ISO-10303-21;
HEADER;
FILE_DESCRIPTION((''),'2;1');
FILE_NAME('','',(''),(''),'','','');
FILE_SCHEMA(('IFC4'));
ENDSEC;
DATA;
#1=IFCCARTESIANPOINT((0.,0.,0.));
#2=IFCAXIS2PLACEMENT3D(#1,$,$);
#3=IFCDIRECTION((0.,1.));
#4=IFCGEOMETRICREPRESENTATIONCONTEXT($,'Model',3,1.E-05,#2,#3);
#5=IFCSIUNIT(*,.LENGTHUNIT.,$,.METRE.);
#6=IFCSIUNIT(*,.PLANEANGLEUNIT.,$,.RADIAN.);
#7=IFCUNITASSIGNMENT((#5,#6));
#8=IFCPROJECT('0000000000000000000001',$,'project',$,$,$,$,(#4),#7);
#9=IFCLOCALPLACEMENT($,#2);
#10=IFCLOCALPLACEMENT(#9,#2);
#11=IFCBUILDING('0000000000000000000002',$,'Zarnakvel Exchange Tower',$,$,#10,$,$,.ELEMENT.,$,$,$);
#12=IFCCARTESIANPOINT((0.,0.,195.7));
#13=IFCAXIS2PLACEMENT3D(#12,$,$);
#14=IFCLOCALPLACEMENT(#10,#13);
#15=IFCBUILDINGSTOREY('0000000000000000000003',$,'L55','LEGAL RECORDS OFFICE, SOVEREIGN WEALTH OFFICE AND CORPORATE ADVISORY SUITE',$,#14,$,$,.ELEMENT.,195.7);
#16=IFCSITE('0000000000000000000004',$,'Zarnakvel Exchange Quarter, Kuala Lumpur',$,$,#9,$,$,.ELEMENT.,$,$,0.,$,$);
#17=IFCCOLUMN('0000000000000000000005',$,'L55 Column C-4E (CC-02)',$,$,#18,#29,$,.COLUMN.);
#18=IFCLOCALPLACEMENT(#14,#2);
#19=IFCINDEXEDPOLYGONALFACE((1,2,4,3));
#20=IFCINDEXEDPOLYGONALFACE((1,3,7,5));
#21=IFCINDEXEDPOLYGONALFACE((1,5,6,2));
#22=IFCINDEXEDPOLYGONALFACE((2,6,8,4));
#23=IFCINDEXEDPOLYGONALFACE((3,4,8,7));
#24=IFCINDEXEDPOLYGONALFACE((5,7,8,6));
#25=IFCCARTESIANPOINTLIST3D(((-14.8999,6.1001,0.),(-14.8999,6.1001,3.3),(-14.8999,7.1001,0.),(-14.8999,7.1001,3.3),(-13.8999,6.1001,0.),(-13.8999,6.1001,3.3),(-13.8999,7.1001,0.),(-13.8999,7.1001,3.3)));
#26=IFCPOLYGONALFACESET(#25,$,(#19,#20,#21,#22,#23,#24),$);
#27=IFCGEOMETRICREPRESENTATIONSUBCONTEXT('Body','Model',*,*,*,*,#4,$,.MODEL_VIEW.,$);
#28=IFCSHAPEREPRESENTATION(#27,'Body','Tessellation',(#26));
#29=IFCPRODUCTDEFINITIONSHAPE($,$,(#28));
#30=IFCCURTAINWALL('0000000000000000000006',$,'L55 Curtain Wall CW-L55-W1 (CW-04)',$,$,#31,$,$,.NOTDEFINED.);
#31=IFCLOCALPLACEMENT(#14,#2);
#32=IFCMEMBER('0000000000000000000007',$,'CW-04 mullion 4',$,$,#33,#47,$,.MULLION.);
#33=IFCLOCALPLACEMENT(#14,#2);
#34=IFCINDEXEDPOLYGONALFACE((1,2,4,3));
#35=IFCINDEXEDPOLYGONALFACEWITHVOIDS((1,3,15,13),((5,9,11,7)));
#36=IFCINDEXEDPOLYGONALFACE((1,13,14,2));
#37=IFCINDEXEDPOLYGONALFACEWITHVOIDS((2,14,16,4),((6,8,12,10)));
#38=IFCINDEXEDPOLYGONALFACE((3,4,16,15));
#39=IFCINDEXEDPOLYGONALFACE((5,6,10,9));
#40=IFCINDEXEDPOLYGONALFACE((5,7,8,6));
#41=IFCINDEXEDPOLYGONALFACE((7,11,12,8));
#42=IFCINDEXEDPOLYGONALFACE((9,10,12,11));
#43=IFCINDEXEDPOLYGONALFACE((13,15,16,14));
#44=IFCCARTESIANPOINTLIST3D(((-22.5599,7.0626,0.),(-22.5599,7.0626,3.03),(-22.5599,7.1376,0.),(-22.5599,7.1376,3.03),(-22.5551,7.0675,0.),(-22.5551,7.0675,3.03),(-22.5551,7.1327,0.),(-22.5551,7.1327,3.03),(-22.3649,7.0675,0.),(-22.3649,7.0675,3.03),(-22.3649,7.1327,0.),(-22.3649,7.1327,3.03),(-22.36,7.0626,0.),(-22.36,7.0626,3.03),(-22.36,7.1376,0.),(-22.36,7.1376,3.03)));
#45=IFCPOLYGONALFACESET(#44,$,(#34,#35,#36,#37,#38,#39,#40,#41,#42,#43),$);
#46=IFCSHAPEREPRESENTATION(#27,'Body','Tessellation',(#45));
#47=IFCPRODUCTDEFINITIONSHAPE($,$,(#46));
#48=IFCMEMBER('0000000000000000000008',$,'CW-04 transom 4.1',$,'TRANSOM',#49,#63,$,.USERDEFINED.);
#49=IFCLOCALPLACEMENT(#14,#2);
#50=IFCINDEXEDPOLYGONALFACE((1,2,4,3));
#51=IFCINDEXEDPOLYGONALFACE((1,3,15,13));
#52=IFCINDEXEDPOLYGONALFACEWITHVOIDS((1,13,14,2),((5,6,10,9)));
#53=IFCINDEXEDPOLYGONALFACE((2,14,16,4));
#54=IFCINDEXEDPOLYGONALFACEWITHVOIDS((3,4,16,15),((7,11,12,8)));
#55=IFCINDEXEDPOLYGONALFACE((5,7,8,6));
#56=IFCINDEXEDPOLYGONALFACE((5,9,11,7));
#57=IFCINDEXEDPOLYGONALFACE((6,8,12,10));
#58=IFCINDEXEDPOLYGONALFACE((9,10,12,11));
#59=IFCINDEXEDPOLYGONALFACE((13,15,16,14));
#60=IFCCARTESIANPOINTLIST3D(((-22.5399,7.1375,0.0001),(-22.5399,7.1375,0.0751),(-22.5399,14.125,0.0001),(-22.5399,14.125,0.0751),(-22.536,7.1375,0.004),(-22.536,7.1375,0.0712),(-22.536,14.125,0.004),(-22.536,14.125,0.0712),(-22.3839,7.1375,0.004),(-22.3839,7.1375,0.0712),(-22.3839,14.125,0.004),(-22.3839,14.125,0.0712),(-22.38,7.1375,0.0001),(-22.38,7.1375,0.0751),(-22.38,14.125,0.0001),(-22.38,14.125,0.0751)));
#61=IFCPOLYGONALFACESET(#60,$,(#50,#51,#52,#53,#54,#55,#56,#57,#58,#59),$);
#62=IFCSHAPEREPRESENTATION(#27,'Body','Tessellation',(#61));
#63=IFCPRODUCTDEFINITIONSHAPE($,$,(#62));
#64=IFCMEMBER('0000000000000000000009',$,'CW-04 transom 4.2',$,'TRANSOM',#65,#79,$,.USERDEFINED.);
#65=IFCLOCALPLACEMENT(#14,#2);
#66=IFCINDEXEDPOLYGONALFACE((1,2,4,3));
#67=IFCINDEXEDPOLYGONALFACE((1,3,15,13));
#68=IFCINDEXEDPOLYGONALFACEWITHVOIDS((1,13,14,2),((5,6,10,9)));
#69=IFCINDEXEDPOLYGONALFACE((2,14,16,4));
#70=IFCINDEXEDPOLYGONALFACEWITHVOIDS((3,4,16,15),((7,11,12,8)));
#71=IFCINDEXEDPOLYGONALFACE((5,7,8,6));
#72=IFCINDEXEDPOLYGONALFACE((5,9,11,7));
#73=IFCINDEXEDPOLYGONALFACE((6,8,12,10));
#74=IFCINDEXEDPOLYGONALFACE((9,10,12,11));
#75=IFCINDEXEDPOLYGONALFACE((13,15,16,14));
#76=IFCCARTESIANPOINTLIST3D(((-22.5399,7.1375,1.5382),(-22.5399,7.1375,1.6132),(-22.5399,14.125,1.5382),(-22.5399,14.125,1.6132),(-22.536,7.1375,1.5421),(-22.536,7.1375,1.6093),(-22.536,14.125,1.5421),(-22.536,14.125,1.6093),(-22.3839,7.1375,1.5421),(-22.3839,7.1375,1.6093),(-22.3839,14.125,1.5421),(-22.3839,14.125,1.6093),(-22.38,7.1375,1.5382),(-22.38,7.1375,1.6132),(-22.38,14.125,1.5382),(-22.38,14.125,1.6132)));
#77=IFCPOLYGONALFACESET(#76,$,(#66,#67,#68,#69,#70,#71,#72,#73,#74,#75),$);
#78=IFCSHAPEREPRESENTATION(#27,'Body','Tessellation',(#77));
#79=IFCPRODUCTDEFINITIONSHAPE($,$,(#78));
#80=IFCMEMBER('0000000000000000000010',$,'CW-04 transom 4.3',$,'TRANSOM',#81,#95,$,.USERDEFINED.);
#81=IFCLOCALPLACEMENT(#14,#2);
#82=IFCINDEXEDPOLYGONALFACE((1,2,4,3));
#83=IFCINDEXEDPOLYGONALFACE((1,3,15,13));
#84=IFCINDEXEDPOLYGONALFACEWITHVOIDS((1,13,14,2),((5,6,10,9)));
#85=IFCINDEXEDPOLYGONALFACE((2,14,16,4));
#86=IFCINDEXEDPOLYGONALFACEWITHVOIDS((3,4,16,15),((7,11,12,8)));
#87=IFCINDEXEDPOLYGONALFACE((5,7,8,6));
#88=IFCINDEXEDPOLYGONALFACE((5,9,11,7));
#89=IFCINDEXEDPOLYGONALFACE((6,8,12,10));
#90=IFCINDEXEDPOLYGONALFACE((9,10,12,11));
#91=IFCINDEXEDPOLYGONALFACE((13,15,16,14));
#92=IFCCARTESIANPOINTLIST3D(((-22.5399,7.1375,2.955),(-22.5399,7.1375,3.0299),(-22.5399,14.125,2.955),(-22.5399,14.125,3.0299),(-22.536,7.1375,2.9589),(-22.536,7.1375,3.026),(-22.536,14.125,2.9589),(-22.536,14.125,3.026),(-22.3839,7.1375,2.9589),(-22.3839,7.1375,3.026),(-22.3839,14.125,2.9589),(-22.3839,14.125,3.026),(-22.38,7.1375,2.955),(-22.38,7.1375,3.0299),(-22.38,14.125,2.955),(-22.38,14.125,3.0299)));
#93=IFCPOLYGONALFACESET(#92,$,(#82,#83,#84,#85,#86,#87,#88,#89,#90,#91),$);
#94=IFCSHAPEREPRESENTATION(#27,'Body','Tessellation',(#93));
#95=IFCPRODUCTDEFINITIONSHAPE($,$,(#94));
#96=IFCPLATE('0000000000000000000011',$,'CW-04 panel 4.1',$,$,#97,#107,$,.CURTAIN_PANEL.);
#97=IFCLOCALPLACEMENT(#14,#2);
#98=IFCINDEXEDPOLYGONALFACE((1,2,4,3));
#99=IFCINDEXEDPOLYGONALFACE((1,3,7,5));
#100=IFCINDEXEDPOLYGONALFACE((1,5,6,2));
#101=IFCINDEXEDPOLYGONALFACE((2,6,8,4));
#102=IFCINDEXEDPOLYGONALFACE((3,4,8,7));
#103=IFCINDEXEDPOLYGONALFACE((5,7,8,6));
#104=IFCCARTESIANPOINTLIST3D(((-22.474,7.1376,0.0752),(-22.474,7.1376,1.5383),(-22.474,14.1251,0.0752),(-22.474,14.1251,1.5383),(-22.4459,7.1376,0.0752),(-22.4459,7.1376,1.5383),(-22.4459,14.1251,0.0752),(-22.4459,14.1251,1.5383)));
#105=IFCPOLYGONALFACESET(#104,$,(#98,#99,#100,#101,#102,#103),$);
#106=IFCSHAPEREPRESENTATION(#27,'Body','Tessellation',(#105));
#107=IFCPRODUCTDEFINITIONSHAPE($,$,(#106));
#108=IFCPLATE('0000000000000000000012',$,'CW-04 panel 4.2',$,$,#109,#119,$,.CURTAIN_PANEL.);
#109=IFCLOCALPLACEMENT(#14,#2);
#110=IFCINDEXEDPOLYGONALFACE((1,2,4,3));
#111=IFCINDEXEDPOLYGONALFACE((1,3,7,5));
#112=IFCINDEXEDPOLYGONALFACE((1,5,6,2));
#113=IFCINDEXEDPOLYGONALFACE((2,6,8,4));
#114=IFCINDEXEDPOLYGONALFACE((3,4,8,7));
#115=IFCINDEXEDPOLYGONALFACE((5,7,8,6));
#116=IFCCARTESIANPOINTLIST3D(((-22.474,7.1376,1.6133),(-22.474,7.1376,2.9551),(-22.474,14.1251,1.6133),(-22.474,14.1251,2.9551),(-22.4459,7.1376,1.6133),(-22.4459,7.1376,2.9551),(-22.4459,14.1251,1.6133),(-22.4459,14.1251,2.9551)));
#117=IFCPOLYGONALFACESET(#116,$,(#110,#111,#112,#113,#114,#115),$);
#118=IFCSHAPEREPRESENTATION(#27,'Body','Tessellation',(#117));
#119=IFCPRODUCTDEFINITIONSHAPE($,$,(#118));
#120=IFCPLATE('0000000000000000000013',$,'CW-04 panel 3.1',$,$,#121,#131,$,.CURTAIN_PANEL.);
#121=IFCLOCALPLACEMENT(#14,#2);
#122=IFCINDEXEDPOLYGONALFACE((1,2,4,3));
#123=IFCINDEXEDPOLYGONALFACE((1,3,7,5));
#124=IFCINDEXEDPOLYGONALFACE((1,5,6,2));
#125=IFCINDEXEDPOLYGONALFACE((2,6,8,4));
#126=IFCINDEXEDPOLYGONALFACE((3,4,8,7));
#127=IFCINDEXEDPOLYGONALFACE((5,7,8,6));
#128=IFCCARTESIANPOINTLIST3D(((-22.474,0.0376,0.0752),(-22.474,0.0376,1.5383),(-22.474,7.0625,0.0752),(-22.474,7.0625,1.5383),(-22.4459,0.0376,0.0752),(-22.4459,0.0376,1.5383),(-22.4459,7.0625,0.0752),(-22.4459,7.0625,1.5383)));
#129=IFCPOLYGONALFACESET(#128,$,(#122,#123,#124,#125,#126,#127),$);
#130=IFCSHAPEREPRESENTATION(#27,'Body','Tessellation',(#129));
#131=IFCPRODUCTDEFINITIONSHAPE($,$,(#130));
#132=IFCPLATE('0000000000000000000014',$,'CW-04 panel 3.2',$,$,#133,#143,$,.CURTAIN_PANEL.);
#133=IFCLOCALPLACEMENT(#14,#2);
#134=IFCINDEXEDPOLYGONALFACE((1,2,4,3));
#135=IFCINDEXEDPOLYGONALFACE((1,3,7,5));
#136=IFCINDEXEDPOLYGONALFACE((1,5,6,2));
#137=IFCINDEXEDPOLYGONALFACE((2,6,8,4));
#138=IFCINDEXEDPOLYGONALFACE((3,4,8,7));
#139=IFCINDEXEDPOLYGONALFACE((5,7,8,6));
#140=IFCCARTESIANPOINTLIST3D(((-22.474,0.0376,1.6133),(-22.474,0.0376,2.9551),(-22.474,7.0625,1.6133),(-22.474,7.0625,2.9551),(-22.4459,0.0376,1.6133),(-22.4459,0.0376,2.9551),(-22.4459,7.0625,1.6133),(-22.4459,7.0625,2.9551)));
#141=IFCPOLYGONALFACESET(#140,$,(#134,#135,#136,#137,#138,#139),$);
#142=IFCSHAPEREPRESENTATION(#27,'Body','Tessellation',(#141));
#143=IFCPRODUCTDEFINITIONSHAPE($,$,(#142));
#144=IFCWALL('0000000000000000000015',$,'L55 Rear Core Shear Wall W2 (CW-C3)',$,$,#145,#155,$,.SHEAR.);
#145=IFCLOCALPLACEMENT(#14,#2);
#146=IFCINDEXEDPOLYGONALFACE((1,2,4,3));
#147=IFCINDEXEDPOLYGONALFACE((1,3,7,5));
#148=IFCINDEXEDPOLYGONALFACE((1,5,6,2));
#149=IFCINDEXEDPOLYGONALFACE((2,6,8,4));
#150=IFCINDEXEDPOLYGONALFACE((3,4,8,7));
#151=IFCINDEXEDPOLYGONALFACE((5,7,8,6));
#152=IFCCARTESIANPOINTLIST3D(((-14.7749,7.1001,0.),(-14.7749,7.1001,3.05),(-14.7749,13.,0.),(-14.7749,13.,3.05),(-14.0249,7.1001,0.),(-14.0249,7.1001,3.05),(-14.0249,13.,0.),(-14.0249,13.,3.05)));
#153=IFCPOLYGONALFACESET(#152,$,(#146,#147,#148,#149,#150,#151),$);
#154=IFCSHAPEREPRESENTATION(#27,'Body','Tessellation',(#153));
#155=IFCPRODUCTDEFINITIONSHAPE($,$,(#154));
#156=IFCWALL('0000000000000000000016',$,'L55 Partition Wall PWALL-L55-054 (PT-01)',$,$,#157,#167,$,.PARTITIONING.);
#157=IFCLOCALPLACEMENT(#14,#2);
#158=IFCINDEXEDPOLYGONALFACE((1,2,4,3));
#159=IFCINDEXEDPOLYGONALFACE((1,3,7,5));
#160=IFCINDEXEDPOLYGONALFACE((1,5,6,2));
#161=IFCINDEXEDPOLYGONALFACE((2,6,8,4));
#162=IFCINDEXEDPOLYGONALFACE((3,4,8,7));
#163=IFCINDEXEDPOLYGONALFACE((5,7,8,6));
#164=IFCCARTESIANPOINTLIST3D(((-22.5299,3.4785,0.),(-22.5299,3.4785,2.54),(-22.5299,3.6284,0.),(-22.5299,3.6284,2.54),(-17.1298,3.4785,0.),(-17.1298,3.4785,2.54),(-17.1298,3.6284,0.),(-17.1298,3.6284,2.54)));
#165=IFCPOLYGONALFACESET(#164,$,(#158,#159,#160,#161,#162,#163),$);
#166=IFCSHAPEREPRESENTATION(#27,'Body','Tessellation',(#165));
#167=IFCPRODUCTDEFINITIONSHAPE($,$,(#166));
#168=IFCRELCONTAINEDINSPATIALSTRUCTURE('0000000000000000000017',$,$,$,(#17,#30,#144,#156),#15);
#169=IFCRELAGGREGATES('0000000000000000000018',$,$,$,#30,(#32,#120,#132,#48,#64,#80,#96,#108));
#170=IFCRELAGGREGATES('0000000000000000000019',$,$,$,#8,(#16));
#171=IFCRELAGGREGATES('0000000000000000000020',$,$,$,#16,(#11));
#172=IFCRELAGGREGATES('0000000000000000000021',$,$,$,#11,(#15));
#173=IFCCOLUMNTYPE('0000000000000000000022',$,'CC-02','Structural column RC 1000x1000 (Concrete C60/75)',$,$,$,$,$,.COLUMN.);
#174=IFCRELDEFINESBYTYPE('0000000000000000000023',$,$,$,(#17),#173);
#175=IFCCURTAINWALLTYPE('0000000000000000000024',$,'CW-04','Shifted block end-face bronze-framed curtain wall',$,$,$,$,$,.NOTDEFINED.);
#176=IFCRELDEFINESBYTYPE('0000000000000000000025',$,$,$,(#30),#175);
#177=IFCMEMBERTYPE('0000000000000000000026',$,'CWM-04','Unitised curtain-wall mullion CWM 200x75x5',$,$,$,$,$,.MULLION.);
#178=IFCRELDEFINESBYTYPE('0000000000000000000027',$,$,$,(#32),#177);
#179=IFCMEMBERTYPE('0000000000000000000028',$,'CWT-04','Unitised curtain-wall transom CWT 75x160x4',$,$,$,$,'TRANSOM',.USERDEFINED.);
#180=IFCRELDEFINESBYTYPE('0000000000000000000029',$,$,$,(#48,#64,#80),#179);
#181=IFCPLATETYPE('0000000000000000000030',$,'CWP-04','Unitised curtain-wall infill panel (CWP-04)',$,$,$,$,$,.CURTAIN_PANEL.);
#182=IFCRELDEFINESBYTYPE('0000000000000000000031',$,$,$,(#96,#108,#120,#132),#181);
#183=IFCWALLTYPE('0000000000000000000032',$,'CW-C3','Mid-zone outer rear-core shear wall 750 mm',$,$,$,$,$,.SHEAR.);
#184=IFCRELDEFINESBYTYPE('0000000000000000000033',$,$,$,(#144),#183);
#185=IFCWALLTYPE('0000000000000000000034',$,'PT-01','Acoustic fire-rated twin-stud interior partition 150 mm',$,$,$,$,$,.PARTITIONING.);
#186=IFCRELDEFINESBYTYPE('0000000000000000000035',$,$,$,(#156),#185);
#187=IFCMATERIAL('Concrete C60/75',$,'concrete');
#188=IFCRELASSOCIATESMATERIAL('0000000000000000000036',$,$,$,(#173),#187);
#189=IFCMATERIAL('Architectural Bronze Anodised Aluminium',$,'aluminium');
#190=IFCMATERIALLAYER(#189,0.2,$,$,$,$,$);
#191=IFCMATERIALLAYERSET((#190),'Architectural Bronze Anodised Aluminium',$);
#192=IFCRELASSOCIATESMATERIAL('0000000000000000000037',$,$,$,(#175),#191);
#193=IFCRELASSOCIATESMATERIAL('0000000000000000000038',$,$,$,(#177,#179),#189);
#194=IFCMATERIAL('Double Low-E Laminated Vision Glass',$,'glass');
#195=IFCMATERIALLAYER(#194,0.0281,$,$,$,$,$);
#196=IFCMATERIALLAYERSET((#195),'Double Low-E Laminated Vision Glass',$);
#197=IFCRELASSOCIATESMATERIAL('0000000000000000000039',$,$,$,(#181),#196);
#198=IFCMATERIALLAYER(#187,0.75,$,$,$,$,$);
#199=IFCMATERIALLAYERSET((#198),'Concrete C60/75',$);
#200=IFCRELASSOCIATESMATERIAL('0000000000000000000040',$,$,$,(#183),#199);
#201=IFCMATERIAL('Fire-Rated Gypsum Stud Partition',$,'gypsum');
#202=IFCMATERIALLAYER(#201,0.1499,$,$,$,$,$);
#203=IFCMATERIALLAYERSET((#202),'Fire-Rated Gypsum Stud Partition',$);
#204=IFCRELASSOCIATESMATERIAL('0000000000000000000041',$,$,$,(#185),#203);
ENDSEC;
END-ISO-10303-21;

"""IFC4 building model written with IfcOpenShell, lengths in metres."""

from ifc_helpers import new_model, si_unit, direction, frame, frame_2d, origin, origin_2d, place, context, subcontext, project, spatial, rectangle, hollow_rectangle, extrude, source, transform, mapped, material, layer, layer_set, material_profile, profile_set, type_object, element, aggregate, save


model = new_model("IFC4")

# Units and contexts
model_context = context("Model", 3, precision=1e-05, world=origin(), true_north=direction((0.0, 1.0)))
body_context = subcontext(model_context, "Body", "Model", "MODEL_VIEW")
ifc_project = project(units=[si_unit("LENGTHUNIT", "METRE"), si_unit("PLANEANGLEUNIT", "RADIAN")], contexts=[model_context])

# Site, building, storey
site_placement = place(None, origin())
site = spatial("IfcSite", under=ifc_project, at=site_placement, Name="Zarnakvel Exchange Quarter, Kuala Lumpur", CompositionType="ELEMENT", RefElevation=0.0)
building_placement = place(site_placement, origin())
building = spatial("IfcBuilding", under=site, at=building_placement, Name="Zarnakvel Exchange Tower", CompositionType="ELEMENT")
storey_placement = place(building_placement, frame((0.0, 0.0, 195.7)))
storey = spatial("IfcBuildingStorey", under=building, at=storey_placement, Name="L55", Description="LEGAL RECORDS OFFICE, SOVEREIGN WEALTH OFFICE AND CORPORATE ADVISORY SUITE", CompositionType="ELEMENT", Elevation=195.7)

# Column
ifc_material_1 = material(Name="Concrete C60/75", Category="concrete")
ifc_material_profile_1 = material_profile(ifc_material_1, rectangle(XDim=1.0, YDim=1.0, at=origin_2d()))
ifc_profile_set_1 = profile_set([ifc_material_profile_1], Name="Concrete C60/75")
column_type = type_object("IfcColumnType", Name="CC-02", Description="Structural column RC 1000x1000 (Concrete C60/75)", PredefinedType="COLUMN", material=ifc_profile_set_1)
column_placement = place(storey_placement, frame((-14.3999, 6.6001, 0.0), z_axis=(0.0, 0.0, 1.0), x_axis=(1.0, 0.0, 0.0)))
element("IfcColumn", 1, at=column_placement, inside=storey, type_object=column_type, Name="L55 Column C-4E (CC-02)", PredefinedType="COLUMN", context=body_context, shape_type="SweptSolid", body=[
    extrude(rectangle(XDim=1.0, YDim=1.0, at=origin_2d()), origin(), (0.0, 0.0, 1.0), 3.3),
])

# Curtain wall, members, plates
ifc_material_2 = material(Name="Architectural Bronze Anodised Aluminium", Category="aluminium")
ifc_layer_1 = layer(ifc_material_2, 0.2)
ifc_layer_set_1 = layer_set([ifc_layer_1], Name="Architectural Bronze Anodised Aluminium")
curtain_wall_type = type_object("IfcCurtainWallType", Name="CW-04", Description="Shifted block end-face bronze-framed curtain wall", PredefinedType="NOTDEFINED", material=ifc_layer_set_1)
curtain_wall_placement = place(storey_placement, origin())
curtain_wall = element("IfcCurtainWall", 2, at=curtain_wall_placement, inside=storey, type_object=curtain_wall_type, Name="L55 Curtain Wall CW-L55-W1 (CW-04)", PredefinedType="NOTDEFINED")
ifc_material_profile_2 = material_profile(ifc_material_2, hollow_rectangle(XDim=0.2, YDim=0.075, WallThickness=0.0049, at=origin_2d()))
ifc_profile_set_2 = profile_set([ifc_material_profile_2], Name="Architectural Bronze Anodised Aluminium")
member_type_1 = type_object("IfcMemberType", Name="CWM-04", Description="Unitised curtain-wall mullion CWM 200x75x5", PredefinedType="MULLION", material=ifc_profile_set_2)
shared_shape_1 = source(origin(), body_context, "Body", "SweptSolid", [
    extrude(hollow_rectangle(XDim=0.2, YDim=0.075, WallThickness=0.0049, at=origin_2d()), origin(), (0.0, 0.0, 1.0), 3.03),
])
member_1_placement = place(storey_placement, frame((-22.46, 7.1001, 0.0), z_axis=(0.0, 0.0, 1.0), x_axis=(-1.0, 0.0, 0.0)))
member_1 = element("IfcMember", 3, at=member_1_placement, type_object=member_type_1, Name="CW-04 mullion 4", PredefinedType="MULLION", context=body_context, shape_type="MappedRepresentation", body=[
    mapped(shared_shape_1, transform((0.0, 0.0, 0.0), x_axis=(1.0, 0.0, 0.0), y_axis=(0.0, 1.0, 0.0), z_axis=(0.0, 0.0, 1.0), scale=1.0)),
])
ifc_material_profile_3 = material_profile(ifc_material_2, hollow_rectangle(XDim=0.1599, YDim=0.075, WallThickness=0.0039, at=origin_2d()))
ifc_profile_set_3 = profile_set([ifc_material_profile_3], Name="Architectural Bronze Anodised Aluminium")
member_type_2 = type_object("IfcMemberType", Name="CWT-04", Description="Unitised curtain-wall transom CWT 75x160x4", ElementType="TRANSOM", PredefinedType="USERDEFINED", material=ifc_profile_set_3)
shared_shape_2 = source(origin(), body_context, "Body", "SweptSolid", [
    extrude(hollow_rectangle(XDim=0.1599, YDim=0.075, WallThickness=0.0039, at=origin_2d()), origin(), (0.0, 0.0, 1.0), 6.9875),
])
member_2_placement = place(storey_placement, frame((-22.46, 7.1375, 0.0376), z_axis=(0.0, 1.0, 0.0), x_axis=(-1.0, 0.0, 0.0)))
member_2 = element("IfcMember", 4, at=member_2_placement, type_object=member_type_2, Name="CW-04 transom 4.1", ObjectType="TRANSOM", PredefinedType="USERDEFINED", context=body_context, shape_type="MappedRepresentation", body=[
    mapped(shared_shape_2, transform((0.0, 0.0, 0.0), x_axis=(1.0, 0.0, 0.0), y_axis=(0.0, 1.0, 0.0), z_axis=(0.0, 0.0, 1.0), scale=1.0)),
])
member_3_placement = place(storey_placement, frame((-22.46, 7.1375, 1.5757), z_axis=(0.0, 1.0, 0.0), x_axis=(-1.0, 0.0, 0.0)))
member_3 = element("IfcMember", 5, at=member_3_placement, type_object=member_type_2, Name="CW-04 transom 4.2", ObjectType="TRANSOM", PredefinedType="USERDEFINED", context=body_context, shape_type="MappedRepresentation", body=[
    mapped(shared_shape_2, transform((0.0, 0.0, 0.0), x_axis=(1.0, 0.0, 0.0), y_axis=(0.0, 1.0, 0.0), z_axis=(0.0, 0.0, 1.0), scale=1.0)),
])
member_4_placement = place(storey_placement, frame((-22.46, 7.1375, 2.9924), z_axis=(0.0, 1.0, 0.0), x_axis=(-1.0, 0.0, 0.0)))
member_4 = element("IfcMember", 6, at=member_4_placement, type_object=member_type_2, Name="CW-04 transom 4.3", ObjectType="TRANSOM", PredefinedType="USERDEFINED", context=body_context, shape_type="MappedRepresentation", body=[
    mapped(shared_shape_2, transform((0.0, 0.0, 0.0), x_axis=(1.0, 0.0, 0.0), y_axis=(0.0, 1.0, 0.0), z_axis=(0.0, 0.0, 1.0), scale=1.0)),
])
ifc_material_3 = material(Name="Double Low-E Laminated Vision Glass", Category="glass")
ifc_layer_2 = layer(ifc_material_3, 0.0281)
ifc_layer_set_2 = layer_set([ifc_layer_2], Name="Double Low-E Laminated Vision Glass")
plate_type = type_object("IfcPlateType", Name="CWP-04", Description="Unitised curtain-wall infill panel (CWP-04)", PredefinedType="CURTAIN_PANEL", material=ifc_layer_set_2)
shared_shape_3 = source(origin(), body_context, "Body", "SweptSolid", [
    extrude(rectangle(XDim=6.9875, YDim=0.0281, at=origin_2d()), origin(), (0.0, 0.0, 1.0), 1.4631),
])
plate_1_placement = place(storey_placement, frame((-22.46, 10.6313, 0.0752), z_axis=(0.0, 0.0, 1.0), x_axis=(0.0, 1.0, 0.0)))
plate_1 = element("IfcPlate", 7, at=plate_1_placement, type_object=plate_type, Name="CW-04 panel 4.1", PredefinedType="CURTAIN_PANEL", context=body_context, shape_type="MappedRepresentation", body=[
    mapped(shared_shape_3, transform((0.0, 0.0, 0.0), x_axis=(1.0, 0.0, 0.0), y_axis=(0.0, 1.0, 0.0), z_axis=(0.0, 0.0, 1.0), scale=1.0)),
])
shared_shape_4 = source(origin(), body_context, "Body", "SweptSolid", [
    extrude(rectangle(XDim=6.9875, YDim=0.0281, at=origin_2d()), origin(), (0.0, 0.0, 1.0), 1.3418),
])
plate_2_placement = place(storey_placement, frame((-22.46, 10.6313, 1.6133), z_axis=(0.0, 0.0, 1.0), x_axis=(0.0, 1.0, 0.0)))
plate_2 = element("IfcPlate", 8, at=plate_2_placement, type_object=plate_type, Name="CW-04 panel 4.2", PredefinedType="CURTAIN_PANEL", context=body_context, shape_type="MappedRepresentation", body=[
    mapped(shared_shape_4, transform((0.0, 0.0, 0.0), x_axis=(1.0, 0.0, 0.0), y_axis=(0.0, 1.0, 0.0), z_axis=(0.0, 0.0, 1.0), scale=1.0)),
])
shared_shape_5 = source(origin(), body_context, "Body", "SweptSolid", [
    extrude(rectangle(XDim=7.0249, YDim=0.0281, at=origin_2d()), origin(), (0.0, 0.0, 1.0), 1.4631),
])
plate_3_placement = place(storey_placement, frame((-22.46, 3.55, 0.0752), z_axis=(0.0, 0.0, 1.0), x_axis=(0.0, 1.0, 0.0)))
plate_3 = element("IfcPlate", 9, at=plate_3_placement, type_object=plate_type, Name="CW-04 panel 3.1", PredefinedType="CURTAIN_PANEL", context=body_context, shape_type="MappedRepresentation", body=[
    mapped(shared_shape_5, transform((0.0, 0.0, 0.0), x_axis=(1.0, 0.0, 0.0), y_axis=(0.0, 1.0, 0.0), z_axis=(0.0, 0.0, 1.0), scale=1.0)),
])
shared_shape_6 = source(origin(), body_context, "Body", "SweptSolid", [
    extrude(rectangle(XDim=7.0249, YDim=0.0281, at=origin_2d()), origin(), (0.0, 0.0, 1.0), 1.3418),
])
plate_4_placement = place(storey_placement, frame((-22.46, 3.55, 1.6133), z_axis=(0.0, 0.0, 1.0), x_axis=(0.0, 1.0, 0.0)))
plate_4 = element("IfcPlate", 10, at=plate_4_placement, type_object=plate_type, Name="CW-04 panel 3.2", PredefinedType="CURTAIN_PANEL", context=body_context, shape_type="MappedRepresentation", body=[
    mapped(shared_shape_6, transform((0.0, 0.0, 0.0), x_axis=(1.0, 0.0, 0.0), y_axis=(0.0, 1.0, 0.0), z_axis=(0.0, 0.0, 1.0), scale=1.0)),
])
aggregate(curtain_wall, [member_1, plate_3, plate_4, member_2, member_3, member_4, plate_1, plate_2])

# Walls
ifc_layer_3 = layer(ifc_material_1, 0.75)
ifc_layer_set_3 = layer_set([ifc_layer_3], Name="Concrete C60/75")
wall_type_1 = type_object("IfcWallType", Name="CW-C3", Description="Mid-zone outer rear-core shear wall 750 mm", PredefinedType="SHEAR", material=ifc_layer_set_3)
wall_1_placement = place(storey_placement, frame((-14.3999, 7.1001, 0.0), z_axis=(0.0, 0.0, 1.0), x_axis=(0.0, 1.0, 0.0)))
element("IfcWall", 11, at=wall_1_placement, inside=storey, type_object=wall_type_1, Name="L55 Rear Core Shear Wall W2 (CW-C3)", PredefinedType="SHEAR", context=body_context, shape_type="SweptSolid", body=[
    extrude(rectangle(XDim=5.8999, YDim=0.75, at=frame_2d((2.95, 0.0))), origin(), (0.0, 0.0, 1.0), 3.05),
])
ifc_material_4 = material(Name="Fire-Rated Gypsum Stud Partition", Category="gypsum")
ifc_layer_4 = layer(ifc_material_4, 0.1499)
ifc_layer_set_4 = layer_set([ifc_layer_4], Name="Fire-Rated Gypsum Stud Partition")
wall_type_2 = type_object("IfcWallType", Name="PT-01", Description="Acoustic fire-rated twin-stud interior partition 150 mm", PredefinedType="PARTITIONING", material=ifc_layer_set_4)
wall_2_placement = place(storey_placement, frame((-22.53, 3.5535, 0.0), z_axis=(0.0, 0.0, 1.0), x_axis=(1.0, 0.0, 0.0)))
element("IfcWall", 12, at=wall_2_placement, inside=storey, type_object=wall_type_2, Name="L55 Partition Wall PWALL-L55-054 (PT-01)", PredefinedType="PARTITIONING", context=body_context, shape_type="SweptSolid", body=[
    extrude(rectangle(XDim=5.4001, YDim=0.1499, at=frame_2d((2.7002, 0.0))), origin(), (0.0, 0.0, 1.0), 2.54),
])

save(model, "model.ifc")
